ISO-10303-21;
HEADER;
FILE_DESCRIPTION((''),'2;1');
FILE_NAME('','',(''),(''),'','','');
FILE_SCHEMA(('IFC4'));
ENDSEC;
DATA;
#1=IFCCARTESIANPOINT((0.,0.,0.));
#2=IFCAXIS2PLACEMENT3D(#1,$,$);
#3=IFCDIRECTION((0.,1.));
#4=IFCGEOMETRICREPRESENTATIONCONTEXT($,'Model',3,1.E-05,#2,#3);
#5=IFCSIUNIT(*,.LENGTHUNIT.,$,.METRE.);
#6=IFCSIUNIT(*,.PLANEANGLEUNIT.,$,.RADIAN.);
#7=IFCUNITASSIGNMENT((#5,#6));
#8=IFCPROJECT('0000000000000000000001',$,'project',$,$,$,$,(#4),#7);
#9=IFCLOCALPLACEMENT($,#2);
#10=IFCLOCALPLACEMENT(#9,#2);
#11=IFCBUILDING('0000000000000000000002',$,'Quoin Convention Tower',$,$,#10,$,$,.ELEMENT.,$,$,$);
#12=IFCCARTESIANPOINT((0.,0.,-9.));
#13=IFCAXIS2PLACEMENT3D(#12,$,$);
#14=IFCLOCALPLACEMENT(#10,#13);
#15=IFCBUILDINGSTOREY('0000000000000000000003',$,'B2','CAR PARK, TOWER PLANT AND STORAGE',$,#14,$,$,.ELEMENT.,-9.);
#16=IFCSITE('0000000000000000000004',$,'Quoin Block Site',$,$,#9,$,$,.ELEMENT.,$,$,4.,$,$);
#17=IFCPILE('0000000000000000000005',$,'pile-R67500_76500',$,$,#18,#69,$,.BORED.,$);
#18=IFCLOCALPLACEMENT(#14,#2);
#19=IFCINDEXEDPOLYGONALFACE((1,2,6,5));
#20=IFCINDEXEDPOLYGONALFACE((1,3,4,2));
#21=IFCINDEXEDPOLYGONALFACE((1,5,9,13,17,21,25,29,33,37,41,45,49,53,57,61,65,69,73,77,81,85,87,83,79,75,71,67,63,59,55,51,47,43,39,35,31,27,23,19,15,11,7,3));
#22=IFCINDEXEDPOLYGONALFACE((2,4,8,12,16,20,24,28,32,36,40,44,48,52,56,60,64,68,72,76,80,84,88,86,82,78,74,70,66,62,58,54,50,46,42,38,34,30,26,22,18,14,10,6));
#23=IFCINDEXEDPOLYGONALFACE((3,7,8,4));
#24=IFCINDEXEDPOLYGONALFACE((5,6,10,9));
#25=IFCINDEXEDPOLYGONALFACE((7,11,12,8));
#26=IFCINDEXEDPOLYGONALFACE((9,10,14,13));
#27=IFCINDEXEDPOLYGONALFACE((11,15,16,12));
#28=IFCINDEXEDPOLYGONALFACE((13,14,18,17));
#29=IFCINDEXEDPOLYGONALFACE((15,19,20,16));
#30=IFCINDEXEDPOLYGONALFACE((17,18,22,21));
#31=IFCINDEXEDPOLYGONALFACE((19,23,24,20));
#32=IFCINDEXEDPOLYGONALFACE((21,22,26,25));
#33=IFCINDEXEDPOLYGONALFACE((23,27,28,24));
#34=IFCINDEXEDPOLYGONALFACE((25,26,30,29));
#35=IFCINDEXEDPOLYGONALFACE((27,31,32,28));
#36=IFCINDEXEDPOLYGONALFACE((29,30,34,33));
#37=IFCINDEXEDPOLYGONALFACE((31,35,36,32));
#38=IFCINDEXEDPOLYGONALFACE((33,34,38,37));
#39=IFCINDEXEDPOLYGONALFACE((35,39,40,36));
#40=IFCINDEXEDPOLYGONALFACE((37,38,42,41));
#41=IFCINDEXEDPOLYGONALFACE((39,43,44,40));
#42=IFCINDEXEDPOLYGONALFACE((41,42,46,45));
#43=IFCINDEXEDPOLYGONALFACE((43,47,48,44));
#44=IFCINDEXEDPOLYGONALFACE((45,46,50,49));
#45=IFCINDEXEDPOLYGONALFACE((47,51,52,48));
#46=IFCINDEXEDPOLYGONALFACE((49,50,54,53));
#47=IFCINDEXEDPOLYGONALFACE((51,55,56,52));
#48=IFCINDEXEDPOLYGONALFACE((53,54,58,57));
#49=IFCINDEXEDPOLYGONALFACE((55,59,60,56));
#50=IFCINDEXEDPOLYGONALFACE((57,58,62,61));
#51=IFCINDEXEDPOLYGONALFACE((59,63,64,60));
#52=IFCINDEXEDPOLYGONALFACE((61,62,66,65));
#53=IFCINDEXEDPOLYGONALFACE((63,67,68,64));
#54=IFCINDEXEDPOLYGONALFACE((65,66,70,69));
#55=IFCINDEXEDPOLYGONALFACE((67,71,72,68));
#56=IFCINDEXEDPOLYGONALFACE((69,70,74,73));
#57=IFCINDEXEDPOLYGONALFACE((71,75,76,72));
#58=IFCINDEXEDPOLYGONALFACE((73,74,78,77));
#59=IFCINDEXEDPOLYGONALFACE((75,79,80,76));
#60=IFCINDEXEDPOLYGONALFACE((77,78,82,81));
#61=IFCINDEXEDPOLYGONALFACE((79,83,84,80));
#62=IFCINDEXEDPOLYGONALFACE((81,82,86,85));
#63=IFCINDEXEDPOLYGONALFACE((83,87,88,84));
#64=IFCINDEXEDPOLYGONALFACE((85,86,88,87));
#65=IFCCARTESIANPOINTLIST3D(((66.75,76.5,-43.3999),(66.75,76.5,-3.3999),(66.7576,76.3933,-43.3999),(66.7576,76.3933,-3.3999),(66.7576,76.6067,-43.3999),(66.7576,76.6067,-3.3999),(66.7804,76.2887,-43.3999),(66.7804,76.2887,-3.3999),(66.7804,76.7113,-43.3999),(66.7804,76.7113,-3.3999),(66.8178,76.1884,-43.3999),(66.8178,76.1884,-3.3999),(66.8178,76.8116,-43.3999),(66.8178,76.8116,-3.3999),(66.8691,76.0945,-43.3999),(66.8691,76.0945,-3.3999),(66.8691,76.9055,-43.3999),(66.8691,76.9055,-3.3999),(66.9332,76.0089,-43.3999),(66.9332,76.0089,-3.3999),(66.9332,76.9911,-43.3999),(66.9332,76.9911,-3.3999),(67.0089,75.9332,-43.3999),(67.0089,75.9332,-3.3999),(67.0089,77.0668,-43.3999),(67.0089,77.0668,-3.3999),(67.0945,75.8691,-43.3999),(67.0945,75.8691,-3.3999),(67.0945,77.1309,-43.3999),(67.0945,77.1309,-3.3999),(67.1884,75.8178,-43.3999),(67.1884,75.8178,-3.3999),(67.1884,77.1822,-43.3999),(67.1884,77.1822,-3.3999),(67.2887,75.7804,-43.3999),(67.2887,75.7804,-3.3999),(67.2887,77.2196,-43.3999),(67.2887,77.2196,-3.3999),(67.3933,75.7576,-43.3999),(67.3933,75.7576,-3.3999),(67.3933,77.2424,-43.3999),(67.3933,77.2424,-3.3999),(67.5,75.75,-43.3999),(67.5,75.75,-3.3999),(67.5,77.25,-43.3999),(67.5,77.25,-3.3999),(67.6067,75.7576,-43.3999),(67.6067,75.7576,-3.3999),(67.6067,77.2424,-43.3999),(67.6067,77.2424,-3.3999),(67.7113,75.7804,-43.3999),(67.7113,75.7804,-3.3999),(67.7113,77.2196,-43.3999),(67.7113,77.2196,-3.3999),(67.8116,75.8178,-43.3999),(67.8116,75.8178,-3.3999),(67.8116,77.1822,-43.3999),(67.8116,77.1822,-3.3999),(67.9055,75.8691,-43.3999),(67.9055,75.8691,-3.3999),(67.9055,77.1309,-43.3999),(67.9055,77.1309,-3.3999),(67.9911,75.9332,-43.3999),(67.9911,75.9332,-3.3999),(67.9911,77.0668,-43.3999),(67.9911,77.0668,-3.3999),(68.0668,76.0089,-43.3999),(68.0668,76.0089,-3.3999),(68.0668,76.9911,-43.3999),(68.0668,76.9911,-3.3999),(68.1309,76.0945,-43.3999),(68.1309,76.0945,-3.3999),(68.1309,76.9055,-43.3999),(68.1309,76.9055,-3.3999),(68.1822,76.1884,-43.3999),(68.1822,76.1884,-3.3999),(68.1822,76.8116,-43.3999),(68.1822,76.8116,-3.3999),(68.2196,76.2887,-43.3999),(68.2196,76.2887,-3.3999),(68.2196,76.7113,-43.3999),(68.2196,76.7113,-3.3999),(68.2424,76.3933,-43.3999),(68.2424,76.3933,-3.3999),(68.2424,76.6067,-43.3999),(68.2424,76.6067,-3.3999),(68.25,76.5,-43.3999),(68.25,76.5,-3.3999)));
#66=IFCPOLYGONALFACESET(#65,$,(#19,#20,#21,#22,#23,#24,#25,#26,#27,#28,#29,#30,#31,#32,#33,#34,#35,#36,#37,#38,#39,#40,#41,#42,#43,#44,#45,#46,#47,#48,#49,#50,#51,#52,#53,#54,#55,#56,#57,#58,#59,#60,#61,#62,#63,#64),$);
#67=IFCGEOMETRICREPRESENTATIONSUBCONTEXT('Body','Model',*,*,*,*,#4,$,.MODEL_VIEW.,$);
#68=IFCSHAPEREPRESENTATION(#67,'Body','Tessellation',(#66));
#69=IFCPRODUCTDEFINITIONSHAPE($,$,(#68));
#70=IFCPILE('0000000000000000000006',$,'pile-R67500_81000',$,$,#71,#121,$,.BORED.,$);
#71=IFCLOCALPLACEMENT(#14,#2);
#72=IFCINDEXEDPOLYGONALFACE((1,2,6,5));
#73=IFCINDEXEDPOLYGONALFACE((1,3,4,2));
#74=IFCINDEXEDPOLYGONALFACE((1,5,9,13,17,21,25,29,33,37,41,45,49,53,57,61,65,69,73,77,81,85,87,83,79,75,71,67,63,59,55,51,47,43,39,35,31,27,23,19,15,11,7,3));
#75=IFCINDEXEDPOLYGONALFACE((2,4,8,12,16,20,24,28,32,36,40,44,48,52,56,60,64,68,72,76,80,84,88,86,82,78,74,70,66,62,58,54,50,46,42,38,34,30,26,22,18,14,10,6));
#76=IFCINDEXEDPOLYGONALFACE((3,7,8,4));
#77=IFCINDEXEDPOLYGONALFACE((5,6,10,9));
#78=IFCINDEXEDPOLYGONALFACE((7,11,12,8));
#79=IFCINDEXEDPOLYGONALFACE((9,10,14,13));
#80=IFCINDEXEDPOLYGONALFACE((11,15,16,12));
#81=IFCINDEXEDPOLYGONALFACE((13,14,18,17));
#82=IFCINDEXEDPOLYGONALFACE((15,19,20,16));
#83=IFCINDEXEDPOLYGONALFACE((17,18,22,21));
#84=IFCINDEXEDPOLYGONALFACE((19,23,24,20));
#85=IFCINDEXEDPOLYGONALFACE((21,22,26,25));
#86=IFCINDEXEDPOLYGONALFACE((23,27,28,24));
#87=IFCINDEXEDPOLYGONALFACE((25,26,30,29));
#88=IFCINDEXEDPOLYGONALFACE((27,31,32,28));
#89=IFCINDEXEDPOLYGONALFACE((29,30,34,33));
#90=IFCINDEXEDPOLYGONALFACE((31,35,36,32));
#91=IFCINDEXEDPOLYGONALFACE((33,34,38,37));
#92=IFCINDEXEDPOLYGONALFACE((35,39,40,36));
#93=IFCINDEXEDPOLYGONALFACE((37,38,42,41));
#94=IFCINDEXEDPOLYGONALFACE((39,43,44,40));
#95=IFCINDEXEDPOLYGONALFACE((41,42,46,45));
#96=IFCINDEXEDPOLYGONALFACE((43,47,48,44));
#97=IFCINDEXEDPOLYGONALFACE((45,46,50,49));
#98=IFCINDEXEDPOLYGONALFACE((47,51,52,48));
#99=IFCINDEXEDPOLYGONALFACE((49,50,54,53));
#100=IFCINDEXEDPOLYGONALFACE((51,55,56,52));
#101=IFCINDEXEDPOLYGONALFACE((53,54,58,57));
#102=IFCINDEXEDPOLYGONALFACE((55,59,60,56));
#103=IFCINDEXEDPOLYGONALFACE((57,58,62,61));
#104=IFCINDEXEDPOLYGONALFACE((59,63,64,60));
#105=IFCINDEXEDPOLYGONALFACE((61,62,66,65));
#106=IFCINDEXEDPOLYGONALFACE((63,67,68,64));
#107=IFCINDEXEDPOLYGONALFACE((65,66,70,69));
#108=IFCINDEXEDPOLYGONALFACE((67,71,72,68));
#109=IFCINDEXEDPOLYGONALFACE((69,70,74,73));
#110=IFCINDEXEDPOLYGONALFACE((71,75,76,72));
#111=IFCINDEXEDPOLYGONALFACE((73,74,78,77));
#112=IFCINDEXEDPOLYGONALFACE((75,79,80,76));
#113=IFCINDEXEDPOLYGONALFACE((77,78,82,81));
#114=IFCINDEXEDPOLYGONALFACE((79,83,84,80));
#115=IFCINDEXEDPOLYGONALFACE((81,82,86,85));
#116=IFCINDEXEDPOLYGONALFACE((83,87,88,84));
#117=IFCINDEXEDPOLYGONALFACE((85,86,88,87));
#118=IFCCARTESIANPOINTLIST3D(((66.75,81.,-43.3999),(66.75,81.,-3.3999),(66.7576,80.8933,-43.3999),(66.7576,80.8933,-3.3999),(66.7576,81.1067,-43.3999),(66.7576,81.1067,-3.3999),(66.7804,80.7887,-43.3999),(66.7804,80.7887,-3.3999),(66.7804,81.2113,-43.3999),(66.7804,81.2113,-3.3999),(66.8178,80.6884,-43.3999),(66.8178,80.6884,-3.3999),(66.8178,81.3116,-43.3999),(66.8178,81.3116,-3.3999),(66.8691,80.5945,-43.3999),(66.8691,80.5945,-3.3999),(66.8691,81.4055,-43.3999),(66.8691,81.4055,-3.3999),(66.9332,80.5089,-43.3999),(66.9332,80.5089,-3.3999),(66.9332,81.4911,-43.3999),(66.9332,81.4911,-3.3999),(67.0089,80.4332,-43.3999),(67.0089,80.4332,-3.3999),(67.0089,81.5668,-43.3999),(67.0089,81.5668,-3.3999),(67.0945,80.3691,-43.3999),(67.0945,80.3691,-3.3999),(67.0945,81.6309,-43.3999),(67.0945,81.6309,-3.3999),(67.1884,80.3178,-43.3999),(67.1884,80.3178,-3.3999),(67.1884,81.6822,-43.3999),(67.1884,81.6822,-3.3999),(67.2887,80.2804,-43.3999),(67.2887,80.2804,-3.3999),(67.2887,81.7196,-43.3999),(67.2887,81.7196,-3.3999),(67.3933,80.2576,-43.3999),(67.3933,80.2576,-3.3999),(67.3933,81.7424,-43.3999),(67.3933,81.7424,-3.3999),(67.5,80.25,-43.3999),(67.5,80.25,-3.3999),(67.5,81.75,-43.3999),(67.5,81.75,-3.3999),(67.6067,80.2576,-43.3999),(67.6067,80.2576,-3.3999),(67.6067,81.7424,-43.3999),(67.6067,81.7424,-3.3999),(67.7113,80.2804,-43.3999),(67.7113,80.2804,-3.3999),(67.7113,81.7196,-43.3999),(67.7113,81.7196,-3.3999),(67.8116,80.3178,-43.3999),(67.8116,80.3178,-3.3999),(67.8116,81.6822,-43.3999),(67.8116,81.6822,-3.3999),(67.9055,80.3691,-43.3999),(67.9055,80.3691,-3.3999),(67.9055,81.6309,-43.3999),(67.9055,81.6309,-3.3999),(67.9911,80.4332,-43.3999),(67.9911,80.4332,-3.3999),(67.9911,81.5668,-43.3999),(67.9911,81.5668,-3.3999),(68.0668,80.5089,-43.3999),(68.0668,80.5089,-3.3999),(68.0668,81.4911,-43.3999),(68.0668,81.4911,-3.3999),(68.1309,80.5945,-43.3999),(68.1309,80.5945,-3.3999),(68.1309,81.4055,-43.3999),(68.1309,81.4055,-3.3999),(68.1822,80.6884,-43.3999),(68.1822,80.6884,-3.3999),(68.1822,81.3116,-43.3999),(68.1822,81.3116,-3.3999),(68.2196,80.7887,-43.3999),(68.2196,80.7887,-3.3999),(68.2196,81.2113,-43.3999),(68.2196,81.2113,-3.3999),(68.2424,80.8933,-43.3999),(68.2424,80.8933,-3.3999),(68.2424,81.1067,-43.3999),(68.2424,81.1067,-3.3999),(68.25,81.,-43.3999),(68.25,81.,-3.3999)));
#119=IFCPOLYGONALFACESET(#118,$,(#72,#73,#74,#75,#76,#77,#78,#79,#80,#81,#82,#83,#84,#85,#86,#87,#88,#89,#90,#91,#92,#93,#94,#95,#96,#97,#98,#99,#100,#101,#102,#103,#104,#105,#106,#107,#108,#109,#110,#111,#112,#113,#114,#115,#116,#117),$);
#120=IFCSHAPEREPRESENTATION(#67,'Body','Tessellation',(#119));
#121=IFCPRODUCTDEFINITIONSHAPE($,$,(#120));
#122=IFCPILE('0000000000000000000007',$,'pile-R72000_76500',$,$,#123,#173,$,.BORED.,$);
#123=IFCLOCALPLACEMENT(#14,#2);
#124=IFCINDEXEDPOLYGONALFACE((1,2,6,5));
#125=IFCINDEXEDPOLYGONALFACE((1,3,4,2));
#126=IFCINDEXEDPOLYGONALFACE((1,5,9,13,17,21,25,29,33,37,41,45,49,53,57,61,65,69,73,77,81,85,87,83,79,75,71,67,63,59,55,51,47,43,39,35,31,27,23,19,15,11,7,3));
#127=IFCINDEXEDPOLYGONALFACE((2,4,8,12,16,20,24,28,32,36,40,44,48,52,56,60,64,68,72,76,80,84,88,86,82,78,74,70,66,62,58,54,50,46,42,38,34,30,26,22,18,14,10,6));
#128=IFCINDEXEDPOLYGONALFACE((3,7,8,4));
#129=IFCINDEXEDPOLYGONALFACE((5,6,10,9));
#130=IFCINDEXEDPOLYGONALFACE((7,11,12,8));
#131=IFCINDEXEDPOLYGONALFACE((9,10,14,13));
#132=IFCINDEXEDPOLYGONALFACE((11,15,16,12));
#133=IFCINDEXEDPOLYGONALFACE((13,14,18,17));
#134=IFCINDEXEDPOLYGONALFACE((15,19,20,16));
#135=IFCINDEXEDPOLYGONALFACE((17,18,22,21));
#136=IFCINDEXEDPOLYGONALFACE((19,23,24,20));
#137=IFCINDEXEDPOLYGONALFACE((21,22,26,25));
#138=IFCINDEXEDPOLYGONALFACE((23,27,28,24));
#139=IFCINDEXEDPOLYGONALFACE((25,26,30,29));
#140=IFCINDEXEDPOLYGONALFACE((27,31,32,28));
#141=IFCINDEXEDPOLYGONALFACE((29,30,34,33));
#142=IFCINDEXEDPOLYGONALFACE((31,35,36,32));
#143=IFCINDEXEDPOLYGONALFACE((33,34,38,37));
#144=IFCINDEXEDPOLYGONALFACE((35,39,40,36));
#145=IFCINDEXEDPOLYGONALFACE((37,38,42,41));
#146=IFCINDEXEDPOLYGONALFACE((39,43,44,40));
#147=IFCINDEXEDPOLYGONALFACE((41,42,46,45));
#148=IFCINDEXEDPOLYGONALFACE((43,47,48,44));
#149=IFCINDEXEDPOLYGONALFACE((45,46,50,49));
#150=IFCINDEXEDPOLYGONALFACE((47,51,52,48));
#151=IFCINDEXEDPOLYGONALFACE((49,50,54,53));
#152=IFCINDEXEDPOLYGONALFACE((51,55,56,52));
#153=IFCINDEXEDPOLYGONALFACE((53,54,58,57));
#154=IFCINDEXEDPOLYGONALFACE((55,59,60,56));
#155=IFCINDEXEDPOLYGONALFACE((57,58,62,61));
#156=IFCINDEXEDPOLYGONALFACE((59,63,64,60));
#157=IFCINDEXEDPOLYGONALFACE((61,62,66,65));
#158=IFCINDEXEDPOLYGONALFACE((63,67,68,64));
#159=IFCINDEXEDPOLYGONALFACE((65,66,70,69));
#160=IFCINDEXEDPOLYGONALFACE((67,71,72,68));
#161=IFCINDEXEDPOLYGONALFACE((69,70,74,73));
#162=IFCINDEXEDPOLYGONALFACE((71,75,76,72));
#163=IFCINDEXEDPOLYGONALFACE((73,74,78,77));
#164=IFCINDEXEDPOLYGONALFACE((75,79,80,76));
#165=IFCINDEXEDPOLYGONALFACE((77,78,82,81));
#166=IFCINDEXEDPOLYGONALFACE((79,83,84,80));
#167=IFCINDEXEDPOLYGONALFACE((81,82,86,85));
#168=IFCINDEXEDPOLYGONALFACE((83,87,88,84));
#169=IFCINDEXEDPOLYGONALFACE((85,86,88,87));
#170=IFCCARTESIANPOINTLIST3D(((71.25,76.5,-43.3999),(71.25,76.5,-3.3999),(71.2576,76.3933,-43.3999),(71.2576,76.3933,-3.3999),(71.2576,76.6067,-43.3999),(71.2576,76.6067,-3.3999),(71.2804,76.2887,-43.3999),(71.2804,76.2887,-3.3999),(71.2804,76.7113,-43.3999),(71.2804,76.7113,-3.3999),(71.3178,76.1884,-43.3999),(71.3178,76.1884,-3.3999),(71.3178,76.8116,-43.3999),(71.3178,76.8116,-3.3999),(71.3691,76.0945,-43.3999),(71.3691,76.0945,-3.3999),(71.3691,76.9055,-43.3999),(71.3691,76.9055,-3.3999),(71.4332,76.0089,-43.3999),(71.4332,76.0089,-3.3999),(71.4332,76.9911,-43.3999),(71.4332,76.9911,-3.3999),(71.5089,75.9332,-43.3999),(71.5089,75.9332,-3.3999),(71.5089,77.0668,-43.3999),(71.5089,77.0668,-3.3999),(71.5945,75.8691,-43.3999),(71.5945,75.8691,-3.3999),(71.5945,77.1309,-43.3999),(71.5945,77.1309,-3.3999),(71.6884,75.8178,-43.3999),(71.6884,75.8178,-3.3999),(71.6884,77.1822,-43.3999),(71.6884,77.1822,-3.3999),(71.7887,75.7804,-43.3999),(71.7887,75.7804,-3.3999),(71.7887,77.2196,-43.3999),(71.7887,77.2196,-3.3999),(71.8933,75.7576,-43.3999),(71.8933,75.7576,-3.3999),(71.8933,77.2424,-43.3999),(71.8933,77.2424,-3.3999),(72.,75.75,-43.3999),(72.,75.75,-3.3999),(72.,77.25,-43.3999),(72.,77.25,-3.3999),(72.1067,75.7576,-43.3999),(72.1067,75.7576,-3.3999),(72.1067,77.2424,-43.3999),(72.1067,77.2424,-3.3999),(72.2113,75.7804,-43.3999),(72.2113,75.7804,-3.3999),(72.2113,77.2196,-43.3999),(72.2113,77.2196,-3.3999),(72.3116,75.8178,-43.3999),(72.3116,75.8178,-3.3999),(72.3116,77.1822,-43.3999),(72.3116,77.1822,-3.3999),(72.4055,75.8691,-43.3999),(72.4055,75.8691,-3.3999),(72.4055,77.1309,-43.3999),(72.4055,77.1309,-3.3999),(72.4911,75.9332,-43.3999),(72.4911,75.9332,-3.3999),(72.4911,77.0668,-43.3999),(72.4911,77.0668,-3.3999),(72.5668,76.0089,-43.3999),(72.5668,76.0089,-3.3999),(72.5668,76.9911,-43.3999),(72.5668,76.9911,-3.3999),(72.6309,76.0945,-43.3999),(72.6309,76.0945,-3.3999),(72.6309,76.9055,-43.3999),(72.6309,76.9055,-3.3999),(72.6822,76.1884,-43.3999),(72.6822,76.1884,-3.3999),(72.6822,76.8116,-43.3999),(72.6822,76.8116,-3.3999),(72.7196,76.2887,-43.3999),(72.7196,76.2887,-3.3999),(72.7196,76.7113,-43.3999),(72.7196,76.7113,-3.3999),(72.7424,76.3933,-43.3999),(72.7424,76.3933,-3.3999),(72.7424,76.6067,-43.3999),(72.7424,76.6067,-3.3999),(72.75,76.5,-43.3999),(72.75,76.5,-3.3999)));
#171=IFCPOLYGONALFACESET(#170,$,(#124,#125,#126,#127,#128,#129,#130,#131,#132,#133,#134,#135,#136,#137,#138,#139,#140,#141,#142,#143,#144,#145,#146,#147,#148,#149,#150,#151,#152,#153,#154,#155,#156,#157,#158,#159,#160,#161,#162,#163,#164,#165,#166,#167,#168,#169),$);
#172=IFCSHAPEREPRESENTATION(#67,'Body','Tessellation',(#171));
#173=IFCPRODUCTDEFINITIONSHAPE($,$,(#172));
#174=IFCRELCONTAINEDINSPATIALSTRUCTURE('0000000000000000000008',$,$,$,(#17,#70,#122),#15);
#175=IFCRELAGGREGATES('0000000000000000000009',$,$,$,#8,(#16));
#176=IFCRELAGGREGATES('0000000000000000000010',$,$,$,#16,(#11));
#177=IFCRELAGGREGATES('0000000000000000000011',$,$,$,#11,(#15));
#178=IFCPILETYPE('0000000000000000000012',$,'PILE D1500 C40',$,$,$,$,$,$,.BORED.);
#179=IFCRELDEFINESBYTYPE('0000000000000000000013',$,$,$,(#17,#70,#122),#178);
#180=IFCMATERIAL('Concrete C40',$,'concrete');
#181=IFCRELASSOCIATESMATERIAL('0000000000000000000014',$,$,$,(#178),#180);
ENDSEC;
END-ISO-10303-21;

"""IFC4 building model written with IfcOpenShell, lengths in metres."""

from ifc_helpers import new_model, si_unit, direction, frame, origin, origin_2d, place, context, subcontext, project, spatial, circle, extrude, material, material_profile, profile_set, type_object, element, save


model = new_model("IFC4")

# Units and contexts
model_context = context("Model", 3, precision=1e-05, world=origin(), true_north=direction((0.0, 1.0)))
body_context = subcontext(model_context, "Body", "Model", "MODEL_VIEW")
ifc_project = project(units=[si_unit("LENGTHUNIT", "METRE"), si_unit("PLANEANGLEUNIT", "RADIAN")], contexts=[model_context])

# Site, building, storey
site_placement = place(None, origin())
site = spatial("IfcSite", under=ifc_project, at=site_placement, Name="Quoin Block Site", CompositionType="ELEMENT", RefElevation=4.0)
building_placement = place(site_placement, origin())
building = spatial("IfcBuilding", under=site, at=building_placement, Name="Quoin Convention Tower", CompositionType="ELEMENT")
storey_placement = place(building_placement, frame((0.0, 0.0, -9.0)))
storey = spatial("IfcBuildingStorey", under=building, at=storey_placement, Name="B2", Description="CAR PARK, TOWER PLANT AND STORAGE", CompositionType="ELEMENT", Elevation=-9.0)

# Piles
ifc_material_1 = material(Name="Concrete C40", Category="concrete")
ifc_material_profile_1 = material_profile(ifc_material_1, circle(Radius=0.75, at=origin_2d()), Name="D1500")
ifc_profile_set_1 = profile_set([ifc_material_profile_1], Name="Concrete C40")
pile_type = type_object("IfcPileType", Name="PILE D1500 C40", PredefinedType="BORED", material=ifc_profile_set_1)
for number, where, z_axis, x_axis, name in (
    (1, (67.5, 76.5, -3.3999), (0.0, 0.0, -1.0), (1.0, 0.0, 0.0), "pile-R67500_76500"),
    (2, (67.5, 81.0, -3.3999), (0.0, 0.0, -1.0), (1.0, 0.0, 0.0), "pile-R67500_81000"),
    (3, (72.0, 76.5, -3.3999), (0.0, 0.0, -1.0), (1.0, 0.0, 0.0), "pile-R72000_76500"),
):
    element("IfcPile", number, at=place(storey_placement, frame(where, z_axis=z_axis, x_axis=x_axis)), inside=storey, type_object=pile_type, Name=name, PredefinedType="BORED", context=body_context, shape_type="SweptSolid", body=[
        extrude(circle(Radius=0.75, at=origin_2d()), origin(), (0.0, 0.0, 1.0), 40.0),
    ])

save(model, "model.ifc")
